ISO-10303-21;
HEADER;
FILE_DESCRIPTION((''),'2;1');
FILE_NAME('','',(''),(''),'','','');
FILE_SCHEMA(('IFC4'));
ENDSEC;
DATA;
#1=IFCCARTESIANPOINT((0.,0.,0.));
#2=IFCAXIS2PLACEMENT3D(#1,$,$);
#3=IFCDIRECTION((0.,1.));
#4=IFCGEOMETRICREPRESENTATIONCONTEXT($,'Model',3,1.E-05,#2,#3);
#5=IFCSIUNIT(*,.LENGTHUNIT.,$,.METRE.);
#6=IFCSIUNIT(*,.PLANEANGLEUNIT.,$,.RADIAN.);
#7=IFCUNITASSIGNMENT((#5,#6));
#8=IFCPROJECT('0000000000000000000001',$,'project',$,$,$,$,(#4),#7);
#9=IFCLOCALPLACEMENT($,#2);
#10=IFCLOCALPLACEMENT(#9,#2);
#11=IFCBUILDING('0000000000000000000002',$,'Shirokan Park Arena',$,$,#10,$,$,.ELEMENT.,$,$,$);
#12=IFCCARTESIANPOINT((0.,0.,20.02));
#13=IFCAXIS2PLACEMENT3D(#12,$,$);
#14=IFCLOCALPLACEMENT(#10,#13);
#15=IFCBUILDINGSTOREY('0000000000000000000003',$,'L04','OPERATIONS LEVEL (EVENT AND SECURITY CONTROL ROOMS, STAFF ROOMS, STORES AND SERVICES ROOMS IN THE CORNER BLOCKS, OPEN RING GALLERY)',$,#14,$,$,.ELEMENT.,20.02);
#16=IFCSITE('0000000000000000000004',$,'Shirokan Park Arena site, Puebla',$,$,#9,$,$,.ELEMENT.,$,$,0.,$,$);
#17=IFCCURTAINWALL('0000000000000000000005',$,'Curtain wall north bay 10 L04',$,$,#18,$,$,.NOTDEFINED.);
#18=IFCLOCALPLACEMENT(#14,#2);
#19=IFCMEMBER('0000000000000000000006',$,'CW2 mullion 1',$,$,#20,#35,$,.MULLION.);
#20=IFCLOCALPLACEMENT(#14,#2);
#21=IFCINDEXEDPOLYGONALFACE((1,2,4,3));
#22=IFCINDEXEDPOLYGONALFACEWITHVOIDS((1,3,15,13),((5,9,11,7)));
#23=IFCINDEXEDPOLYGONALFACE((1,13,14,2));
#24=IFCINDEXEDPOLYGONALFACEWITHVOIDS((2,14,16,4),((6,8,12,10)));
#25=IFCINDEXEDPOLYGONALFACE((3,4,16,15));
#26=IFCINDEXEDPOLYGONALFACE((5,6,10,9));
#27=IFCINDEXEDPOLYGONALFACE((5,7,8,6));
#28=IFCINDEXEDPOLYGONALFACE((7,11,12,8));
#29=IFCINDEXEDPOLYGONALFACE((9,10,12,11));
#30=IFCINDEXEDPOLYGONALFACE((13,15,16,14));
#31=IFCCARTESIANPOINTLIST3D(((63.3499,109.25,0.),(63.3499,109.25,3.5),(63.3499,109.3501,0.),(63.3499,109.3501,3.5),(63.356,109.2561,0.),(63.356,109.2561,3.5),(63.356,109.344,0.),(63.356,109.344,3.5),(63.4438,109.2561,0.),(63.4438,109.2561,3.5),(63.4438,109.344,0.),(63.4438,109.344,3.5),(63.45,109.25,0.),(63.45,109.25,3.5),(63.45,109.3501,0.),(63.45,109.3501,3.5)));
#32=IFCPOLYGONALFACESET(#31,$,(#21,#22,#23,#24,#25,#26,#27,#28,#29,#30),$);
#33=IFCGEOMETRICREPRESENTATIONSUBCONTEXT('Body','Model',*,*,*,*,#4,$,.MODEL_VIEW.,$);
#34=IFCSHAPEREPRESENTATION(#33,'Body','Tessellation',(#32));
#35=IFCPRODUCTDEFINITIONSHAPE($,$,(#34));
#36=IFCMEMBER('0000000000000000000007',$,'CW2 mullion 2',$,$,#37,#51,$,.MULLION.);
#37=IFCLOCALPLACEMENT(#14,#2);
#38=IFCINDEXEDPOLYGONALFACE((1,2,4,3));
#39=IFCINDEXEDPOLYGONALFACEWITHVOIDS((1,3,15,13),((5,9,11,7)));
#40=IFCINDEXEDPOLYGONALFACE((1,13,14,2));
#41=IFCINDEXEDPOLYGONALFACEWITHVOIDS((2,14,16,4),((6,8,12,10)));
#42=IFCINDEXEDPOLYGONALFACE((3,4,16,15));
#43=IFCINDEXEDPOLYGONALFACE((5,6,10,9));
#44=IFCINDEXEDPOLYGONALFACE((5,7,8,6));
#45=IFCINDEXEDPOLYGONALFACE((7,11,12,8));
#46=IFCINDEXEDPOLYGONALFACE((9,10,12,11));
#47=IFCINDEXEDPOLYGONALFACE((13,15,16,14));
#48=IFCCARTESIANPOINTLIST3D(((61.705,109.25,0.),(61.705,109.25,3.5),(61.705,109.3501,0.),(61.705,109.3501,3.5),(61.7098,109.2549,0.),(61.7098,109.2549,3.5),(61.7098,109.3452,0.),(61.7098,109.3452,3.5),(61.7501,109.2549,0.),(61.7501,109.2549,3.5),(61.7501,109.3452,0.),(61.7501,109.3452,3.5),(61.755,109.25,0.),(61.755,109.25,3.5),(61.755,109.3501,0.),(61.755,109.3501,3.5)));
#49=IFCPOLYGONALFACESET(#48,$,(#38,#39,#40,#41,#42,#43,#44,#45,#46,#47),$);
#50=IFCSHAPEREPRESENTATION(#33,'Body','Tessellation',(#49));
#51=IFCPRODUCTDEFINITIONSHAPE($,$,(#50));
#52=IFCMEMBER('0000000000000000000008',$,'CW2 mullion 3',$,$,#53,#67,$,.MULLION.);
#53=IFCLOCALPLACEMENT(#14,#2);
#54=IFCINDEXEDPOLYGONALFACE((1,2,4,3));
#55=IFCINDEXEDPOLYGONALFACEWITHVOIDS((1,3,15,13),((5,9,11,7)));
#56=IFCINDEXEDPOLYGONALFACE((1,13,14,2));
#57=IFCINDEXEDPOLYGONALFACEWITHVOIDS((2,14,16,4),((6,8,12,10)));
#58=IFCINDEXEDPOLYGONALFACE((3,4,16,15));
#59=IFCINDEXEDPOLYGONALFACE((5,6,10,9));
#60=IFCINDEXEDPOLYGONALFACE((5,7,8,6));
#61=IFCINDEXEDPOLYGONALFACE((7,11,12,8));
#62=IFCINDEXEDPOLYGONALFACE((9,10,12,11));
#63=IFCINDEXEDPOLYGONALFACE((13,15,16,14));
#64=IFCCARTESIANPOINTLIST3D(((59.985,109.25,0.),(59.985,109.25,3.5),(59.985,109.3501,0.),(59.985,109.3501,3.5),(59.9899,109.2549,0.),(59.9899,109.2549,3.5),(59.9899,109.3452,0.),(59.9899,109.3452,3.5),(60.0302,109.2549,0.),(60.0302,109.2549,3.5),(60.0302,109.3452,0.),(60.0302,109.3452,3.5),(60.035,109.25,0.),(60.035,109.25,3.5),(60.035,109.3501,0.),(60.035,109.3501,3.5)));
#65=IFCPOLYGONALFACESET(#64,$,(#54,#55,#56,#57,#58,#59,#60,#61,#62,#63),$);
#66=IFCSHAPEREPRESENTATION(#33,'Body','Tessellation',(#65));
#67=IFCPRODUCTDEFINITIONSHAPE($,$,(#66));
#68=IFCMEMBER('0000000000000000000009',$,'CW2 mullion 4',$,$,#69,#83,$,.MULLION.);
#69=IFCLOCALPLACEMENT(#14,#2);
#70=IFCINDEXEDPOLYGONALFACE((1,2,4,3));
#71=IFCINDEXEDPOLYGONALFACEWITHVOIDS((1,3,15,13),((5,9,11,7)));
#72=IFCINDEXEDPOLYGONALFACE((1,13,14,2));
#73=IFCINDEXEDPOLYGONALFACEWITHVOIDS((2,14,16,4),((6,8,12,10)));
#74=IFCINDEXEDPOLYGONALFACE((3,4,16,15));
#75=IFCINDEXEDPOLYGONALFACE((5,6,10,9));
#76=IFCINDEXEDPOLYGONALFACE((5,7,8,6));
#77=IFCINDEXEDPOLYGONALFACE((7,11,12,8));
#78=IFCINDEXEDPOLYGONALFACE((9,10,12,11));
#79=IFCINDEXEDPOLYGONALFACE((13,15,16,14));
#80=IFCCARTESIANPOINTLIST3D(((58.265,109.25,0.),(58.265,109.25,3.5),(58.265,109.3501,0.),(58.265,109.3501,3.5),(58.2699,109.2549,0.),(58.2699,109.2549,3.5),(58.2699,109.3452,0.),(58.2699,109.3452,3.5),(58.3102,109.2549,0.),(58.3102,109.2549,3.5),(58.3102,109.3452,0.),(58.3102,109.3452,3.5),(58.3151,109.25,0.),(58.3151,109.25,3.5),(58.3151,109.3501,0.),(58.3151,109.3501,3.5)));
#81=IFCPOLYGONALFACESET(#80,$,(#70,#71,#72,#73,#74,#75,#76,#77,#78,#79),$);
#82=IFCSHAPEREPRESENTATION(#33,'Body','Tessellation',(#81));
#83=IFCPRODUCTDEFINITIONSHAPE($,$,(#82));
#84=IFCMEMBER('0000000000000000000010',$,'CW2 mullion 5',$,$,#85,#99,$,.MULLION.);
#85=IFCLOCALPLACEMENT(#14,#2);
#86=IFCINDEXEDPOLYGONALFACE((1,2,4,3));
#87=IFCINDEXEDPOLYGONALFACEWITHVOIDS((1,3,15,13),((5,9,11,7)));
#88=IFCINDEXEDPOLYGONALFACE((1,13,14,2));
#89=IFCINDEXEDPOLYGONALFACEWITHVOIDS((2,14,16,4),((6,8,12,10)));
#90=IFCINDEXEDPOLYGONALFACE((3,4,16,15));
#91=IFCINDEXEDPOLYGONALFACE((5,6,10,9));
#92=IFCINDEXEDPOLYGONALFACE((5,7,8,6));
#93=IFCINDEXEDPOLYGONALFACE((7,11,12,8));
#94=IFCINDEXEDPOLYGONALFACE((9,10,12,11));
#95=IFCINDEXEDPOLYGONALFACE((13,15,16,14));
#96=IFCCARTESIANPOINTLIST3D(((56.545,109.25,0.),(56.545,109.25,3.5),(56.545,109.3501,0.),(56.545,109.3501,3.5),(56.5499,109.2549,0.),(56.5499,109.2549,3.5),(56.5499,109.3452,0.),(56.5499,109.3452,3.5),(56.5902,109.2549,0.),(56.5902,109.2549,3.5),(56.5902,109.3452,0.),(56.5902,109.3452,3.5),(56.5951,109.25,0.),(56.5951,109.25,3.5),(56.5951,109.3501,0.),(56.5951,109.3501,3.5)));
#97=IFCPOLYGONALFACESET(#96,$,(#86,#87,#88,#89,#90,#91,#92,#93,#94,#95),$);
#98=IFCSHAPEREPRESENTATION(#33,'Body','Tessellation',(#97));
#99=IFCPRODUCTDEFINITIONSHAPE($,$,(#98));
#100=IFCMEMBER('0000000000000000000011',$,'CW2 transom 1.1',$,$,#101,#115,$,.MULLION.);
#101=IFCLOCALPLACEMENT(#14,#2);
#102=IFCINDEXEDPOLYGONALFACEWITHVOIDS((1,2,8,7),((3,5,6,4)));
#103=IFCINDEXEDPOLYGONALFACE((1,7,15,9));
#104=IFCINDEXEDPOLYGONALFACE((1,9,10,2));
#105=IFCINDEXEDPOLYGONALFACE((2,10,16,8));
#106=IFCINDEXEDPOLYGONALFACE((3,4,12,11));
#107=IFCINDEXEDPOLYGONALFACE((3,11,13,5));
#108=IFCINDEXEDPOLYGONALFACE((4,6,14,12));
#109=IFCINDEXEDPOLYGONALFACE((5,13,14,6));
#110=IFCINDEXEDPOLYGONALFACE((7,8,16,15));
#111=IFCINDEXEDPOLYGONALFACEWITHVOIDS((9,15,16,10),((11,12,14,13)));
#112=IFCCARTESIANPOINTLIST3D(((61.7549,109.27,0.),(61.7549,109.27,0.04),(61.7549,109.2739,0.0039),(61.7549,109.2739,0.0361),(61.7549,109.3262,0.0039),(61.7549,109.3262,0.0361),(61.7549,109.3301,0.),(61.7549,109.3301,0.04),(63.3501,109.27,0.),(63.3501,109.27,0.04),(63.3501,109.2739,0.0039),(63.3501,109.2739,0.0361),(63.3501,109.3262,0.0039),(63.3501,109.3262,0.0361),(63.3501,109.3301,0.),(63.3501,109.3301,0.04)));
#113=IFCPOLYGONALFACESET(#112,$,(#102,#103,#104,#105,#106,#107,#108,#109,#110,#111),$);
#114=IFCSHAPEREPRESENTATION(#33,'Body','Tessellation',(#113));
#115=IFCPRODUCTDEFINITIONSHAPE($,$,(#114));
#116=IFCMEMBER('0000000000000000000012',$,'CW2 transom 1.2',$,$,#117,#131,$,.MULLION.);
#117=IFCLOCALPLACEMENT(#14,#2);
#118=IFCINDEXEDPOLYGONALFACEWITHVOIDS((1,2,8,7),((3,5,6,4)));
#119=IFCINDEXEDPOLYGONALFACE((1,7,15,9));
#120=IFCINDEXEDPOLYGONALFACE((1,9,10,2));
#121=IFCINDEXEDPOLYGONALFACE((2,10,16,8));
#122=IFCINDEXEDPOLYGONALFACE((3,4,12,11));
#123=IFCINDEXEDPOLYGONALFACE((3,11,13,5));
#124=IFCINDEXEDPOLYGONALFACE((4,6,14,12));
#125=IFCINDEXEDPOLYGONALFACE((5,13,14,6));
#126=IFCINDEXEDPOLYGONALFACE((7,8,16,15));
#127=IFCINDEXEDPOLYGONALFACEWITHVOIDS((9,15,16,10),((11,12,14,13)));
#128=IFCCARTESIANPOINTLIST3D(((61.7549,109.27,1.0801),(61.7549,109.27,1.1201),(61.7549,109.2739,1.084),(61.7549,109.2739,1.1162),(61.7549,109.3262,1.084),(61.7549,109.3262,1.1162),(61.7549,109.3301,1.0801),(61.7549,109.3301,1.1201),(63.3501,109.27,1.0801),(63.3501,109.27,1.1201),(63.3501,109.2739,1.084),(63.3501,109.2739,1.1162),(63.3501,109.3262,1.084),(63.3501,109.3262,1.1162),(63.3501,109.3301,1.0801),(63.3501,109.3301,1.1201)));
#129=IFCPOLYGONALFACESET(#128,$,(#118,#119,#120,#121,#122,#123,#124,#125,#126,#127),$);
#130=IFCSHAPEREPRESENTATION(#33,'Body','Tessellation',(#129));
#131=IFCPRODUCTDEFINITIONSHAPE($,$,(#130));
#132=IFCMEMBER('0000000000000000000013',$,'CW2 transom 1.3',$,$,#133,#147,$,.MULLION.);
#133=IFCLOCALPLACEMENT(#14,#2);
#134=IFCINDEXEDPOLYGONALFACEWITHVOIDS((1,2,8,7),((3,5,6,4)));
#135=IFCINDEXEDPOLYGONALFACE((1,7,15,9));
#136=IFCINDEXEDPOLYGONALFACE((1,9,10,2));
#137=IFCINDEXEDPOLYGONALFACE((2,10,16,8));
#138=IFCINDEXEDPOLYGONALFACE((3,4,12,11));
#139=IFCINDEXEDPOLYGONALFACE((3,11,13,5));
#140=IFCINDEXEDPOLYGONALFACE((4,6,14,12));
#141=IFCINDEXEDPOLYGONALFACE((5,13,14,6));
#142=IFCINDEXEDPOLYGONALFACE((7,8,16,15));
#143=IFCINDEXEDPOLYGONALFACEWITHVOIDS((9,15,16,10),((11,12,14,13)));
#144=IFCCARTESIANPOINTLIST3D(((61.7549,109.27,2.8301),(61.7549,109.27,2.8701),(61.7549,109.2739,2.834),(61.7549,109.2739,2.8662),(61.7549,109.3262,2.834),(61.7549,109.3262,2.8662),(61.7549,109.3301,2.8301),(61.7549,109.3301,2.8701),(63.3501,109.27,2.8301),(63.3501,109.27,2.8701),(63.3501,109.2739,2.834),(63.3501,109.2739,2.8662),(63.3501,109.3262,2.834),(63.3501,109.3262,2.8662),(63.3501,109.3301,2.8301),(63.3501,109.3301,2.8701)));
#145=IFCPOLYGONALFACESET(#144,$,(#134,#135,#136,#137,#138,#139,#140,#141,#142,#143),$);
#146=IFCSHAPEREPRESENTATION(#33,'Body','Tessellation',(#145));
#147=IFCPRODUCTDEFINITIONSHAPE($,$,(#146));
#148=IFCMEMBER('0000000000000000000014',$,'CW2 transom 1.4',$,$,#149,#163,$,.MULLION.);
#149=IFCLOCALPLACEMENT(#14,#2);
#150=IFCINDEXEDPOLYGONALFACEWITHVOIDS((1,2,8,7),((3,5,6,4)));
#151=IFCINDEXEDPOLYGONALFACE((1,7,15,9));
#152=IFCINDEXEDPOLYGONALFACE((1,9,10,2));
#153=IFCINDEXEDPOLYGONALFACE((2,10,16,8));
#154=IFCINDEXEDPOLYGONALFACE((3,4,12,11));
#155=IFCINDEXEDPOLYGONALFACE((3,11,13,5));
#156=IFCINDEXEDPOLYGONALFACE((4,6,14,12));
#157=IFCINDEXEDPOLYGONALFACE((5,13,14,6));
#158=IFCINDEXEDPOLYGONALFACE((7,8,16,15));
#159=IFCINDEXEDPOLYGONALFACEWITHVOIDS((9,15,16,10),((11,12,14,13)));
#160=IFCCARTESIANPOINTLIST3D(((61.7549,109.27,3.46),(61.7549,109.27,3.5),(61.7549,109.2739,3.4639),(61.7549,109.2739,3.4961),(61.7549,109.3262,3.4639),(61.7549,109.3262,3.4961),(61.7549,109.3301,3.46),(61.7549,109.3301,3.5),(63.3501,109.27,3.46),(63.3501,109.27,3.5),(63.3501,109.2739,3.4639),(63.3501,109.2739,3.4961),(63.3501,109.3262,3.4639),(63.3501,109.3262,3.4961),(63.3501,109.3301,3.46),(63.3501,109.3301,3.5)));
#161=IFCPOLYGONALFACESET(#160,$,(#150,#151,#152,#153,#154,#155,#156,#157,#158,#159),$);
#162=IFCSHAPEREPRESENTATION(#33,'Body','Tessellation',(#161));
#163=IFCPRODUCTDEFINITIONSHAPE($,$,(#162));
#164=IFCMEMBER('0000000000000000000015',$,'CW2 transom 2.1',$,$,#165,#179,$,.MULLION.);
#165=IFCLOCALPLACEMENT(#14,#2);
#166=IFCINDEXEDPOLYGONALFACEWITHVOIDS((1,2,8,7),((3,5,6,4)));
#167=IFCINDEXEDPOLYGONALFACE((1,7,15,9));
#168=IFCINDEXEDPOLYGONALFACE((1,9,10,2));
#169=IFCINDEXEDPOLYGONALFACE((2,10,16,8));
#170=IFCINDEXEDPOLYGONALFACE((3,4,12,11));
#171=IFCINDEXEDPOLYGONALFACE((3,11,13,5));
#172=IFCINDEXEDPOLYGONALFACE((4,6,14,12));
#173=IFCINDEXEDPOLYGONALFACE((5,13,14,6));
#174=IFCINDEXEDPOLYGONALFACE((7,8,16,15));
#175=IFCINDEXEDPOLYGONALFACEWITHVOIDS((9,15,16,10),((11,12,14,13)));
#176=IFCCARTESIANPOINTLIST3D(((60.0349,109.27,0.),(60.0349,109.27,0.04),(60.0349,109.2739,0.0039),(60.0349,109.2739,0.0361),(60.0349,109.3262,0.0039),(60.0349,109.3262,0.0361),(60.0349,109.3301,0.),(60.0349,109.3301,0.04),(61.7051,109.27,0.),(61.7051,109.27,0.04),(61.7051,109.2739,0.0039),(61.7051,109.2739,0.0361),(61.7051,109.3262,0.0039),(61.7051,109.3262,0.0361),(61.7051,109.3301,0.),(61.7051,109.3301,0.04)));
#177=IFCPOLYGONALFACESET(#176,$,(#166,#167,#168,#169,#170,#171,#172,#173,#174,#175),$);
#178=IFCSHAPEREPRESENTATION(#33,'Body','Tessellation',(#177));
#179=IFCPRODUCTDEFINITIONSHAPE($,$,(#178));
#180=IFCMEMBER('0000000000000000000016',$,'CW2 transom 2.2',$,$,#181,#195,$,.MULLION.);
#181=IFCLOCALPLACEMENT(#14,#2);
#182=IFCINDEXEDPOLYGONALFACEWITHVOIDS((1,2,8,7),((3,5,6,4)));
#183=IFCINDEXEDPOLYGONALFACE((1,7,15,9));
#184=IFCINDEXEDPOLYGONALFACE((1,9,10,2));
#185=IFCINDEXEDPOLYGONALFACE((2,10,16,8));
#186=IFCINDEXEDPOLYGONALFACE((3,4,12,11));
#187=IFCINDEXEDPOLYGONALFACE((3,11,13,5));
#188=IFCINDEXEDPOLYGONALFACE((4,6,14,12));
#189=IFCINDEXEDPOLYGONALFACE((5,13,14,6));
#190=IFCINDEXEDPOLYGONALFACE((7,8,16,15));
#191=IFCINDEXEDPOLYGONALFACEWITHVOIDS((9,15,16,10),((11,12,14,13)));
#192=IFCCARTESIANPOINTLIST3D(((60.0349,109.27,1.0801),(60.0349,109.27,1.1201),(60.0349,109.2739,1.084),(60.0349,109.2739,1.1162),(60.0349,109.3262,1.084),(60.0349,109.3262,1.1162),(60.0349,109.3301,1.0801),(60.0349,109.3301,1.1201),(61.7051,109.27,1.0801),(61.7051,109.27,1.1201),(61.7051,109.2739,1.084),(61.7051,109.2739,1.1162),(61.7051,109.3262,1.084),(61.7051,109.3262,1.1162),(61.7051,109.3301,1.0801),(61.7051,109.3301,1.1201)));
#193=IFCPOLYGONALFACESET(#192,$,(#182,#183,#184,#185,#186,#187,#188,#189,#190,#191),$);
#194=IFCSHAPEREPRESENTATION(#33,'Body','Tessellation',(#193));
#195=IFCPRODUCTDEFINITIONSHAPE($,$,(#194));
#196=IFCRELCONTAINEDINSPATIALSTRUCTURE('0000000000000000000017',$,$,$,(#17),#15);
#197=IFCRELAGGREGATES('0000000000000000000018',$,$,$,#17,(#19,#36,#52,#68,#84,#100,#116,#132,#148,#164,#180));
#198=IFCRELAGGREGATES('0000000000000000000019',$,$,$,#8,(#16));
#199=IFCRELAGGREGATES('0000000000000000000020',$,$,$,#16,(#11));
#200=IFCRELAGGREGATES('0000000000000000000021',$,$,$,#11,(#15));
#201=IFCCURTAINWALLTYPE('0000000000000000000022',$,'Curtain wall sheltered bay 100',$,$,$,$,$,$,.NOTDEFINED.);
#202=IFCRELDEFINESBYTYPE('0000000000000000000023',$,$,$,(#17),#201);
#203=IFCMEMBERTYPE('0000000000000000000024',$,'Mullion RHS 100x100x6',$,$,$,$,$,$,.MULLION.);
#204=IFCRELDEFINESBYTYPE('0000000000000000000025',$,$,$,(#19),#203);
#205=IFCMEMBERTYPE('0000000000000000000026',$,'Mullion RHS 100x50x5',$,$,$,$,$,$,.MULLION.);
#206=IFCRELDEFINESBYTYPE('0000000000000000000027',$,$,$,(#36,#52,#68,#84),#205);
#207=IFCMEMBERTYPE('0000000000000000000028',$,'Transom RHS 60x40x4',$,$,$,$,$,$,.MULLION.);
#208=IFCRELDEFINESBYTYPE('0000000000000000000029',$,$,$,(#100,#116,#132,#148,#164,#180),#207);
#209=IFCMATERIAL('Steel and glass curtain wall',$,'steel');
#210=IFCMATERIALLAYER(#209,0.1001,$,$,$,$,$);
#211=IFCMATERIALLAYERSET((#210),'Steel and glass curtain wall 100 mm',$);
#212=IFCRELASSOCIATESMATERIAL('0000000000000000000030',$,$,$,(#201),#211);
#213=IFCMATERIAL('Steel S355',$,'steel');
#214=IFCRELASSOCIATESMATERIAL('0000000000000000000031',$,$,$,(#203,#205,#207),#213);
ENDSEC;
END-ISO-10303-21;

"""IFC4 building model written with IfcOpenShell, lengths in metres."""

from ifc_helpers import new_model, si_unit, direction, frame, origin, origin_2d, place, context, subcontext, project, spatial, hollow_rectangle, extrude, material, layer, layer_set, material_profile, profile_set, type_object, element, aggregate, save


model = new_model("IFC4")

# Units and contexts
model_context = context("Model", 3, precision=1e-05, world=origin(), true_north=direction((0.0, 1.0)))
body_context = subcontext(model_context, "Body", "Model", "MODEL_VIEW")
ifc_project = project(units=[si_unit("LENGTHUNIT", "METRE"), si_unit("PLANEANGLEUNIT", "RADIAN")], contexts=[model_context])

# Site, building, storey
site_placement = place(None, origin())
site = spatial("IfcSite", under=ifc_project, at=site_placement, Name="Shirokan Park Arena site, Puebla", CompositionType="ELEMENT", RefElevation=0.0)
building_placement = place(site_placement, origin())
building = spatial("IfcBuilding", under=site, at=building_placement, Name="Shirokan Park Arena", CompositionType="ELEMENT")
storey_placement = place(building_placement, frame((0.0, 0.0, 20.02)))
storey = spatial("IfcBuildingStorey", under=building, at=storey_placement, Name="L04", Description="OPERATIONS LEVEL (EVENT AND SECURITY CONTROL ROOMS, STAFF ROOMS, STORES AND SERVICES ROOMS IN THE CORNER BLOCKS, OPEN RING GALLERY)", CompositionType="ELEMENT", Elevation=20.02)

# Curtain wall, members
ifc_material_1 = material(Name="Steel and glass curtain wall", Category="steel")
ifc_layer_1 = layer(ifc_material_1, 0.1001)
ifc_layer_set_1 = layer_set([ifc_layer_1], Name="Steel and glass curtain wall 100 mm")
curtain_wall_type = type_object("IfcCurtainWallType", Name="Curtain wall sheltered bay 100", PredefinedType="NOTDEFINED", material=ifc_layer_set_1)
curtain_wall_placement = place(storey_placement, origin())
curtain_wall = element("IfcCurtainWall", 1, at=curtain_wall_placement, inside=storey, type_object=curtain_wall_type, Name="Curtain wall north bay 10 L04", PredefinedType="NOTDEFINED")
ifc_material_2 = material(Name="Steel S355", Category="steel")
ifc_material_profile_1 = material_profile(ifc_material_2, hollow_rectangle(XDim=0.1001, YDim=0.1001, WallThickness=0.0061, at=origin_2d()), Name="RHS 100x100x6")
ifc_profile_set_1 = profile_set([ifc_material_profile_1], Name="Steel S355")
member_type_1 = type_object("IfcMemberType", Name="Mullion RHS 100x100x6", PredefinedType="MULLION", material=ifc_profile_set_1)
member_1_placement = place(storey_placement, frame((63.3999, 109.3, 0.0), z_axis=(0.0, 0.0, 1.0), x_axis=(0.0, -1.0, 0.0)))
member_1 = element("IfcMember", 2, at=member_1_placement, type_object=member_type_1, Name="CW2 mullion 1", PredefinedType="MULLION", context=body_context, shape_type="SweptSolid", body=[
    extrude(hollow_rectangle(XDim=0.1001, YDim=0.1001, WallThickness=0.0061, at=origin_2d()), origin(), (0.0, 0.0, 1.0), 3.5),
])
ifc_material_profile_2 = material_profile(ifc_material_2, hollow_rectangle(XDim=0.1001, YDim=0.05, WallThickness=0.0049, at=origin_2d()), Name="RHS 100x50x5")
ifc_profile_set_2 = profile_set([ifc_material_profile_2], Name="Steel S355")
member_type_2 = type_object("IfcMemberType", Name="Mullion RHS 100x50x5", PredefinedType="MULLION", material=ifc_profile_set_2)
member_2_placement = place(storey_placement, frame((61.73, 109.3, 0.0), z_axis=(0.0, 0.0, 1.0), x_axis=(0.0, -1.0, 0.0)))
member_2 = element("IfcMember", 3, at=member_2_placement, type_object=member_type_2, Name="CW2 mullion 2", PredefinedType="MULLION", context=body_context, shape_type="SweptSolid", body=[
    extrude(hollow_rectangle(XDim=0.1001, YDim=0.05, WallThickness=0.0049, at=origin_2d()), origin(), (0.0, 0.0, 1.0), 3.5),
])
member_3_placement = place(storey_placement, frame((60.01, 109.3, 0.0), z_axis=(0.0, 0.0, 1.0), x_axis=(0.0, -1.0, 0.0)))
member_3 = element("IfcMember", 4, at=member_3_placement, type_object=member_type_2, Name="CW2 mullion 3", PredefinedType="MULLION", context=body_context, shape_type="SweptSolid", body=[
    extrude(hollow_rectangle(XDim=0.1001, YDim=0.05, WallThickness=0.0049, at=origin_2d()), origin(), (0.0, 0.0, 1.0), 3.5),
])
member_4_placement = place(storey_placement, frame((58.29, 109.3, 0.0), z_axis=(0.0, 0.0, 1.0), x_axis=(0.0, -1.0, 0.0)))
member_4 = element("IfcMember", 5, at=member_4_placement, type_object=member_type_2, Name="CW2 mullion 4", PredefinedType="MULLION", context=body_context, shape_type="SweptSolid", body=[
    extrude(hollow_rectangle(XDim=0.1001, YDim=0.05, WallThickness=0.0049, at=origin_2d()), origin(), (0.0, 0.0, 1.0), 3.5),
])
member_5_placement = place(storey_placement, frame((56.5701, 109.3, 0.0), z_axis=(0.0, 0.0, 1.0), x_axis=(0.0, -1.0, 0.0)))
member_5 = element("IfcMember", 6, at=member_5_placement, type_object=member_type_2, Name="CW2 mullion 5", PredefinedType="MULLION", context=body_context, shape_type="SweptSolid", body=[
    extrude(hollow_rectangle(XDim=0.1001, YDim=0.05, WallThickness=0.0049, at=origin_2d()), origin(), (0.0, 0.0, 1.0), 3.5),
])
ifc_material_profile_3 = material_profile(ifc_material_2, hollow_rectangle(XDim=0.0601, YDim=0.04, WallThickness=0.0039, at=origin_2d()), Name="RHS 60x40x4")
ifc_profile_set_3 = profile_set([ifc_material_profile_3], Name="Steel S355")
member_type_3 = type_object("IfcMemberType", Name="Transom RHS 60x40x4", PredefinedType="MULLION", material=ifc_profile_set_3)
member_6_placement = place(storey_placement, frame((63.3501, 109.3, 0.02), z_axis=(-1.0, 0.0, 0.0), x_axis=(0.0, -1.0, 0.0)))
member_6 = element("IfcMember", 7, at=member_6_placement, type_object=member_type_3, Name="CW2 transom 1.1", PredefinedType="MULLION", context=body_context, shape_type="SweptSolid", body=[
    extrude(hollow_rectangle(XDim=0.0601, YDim=0.04, WallThickness=0.0039, at=origin_2d()), origin(), (0.0, 0.0, 1.0), 1.5952),
])
member_7_placement = place(storey_placement, frame((63.3501, 109.3, 1.1001), z_axis=(-1.0, 0.0, 0.0), x_axis=(0.0, -1.0, 0.0)))
member_7 = element("IfcMember", 8, at=member_7_placement, type_object=member_type_3, Name="CW2 transom 1.2", PredefinedType="MULLION", context=body_context, shape_type="SweptSolid", body=[
    extrude(hollow_rectangle(XDim=0.0601, YDim=0.04, WallThickness=0.0039, at=origin_2d()), origin(), (0.0, 0.0, 1.0), 1.5952),
])
member_8_placement = place(storey_placement, frame((63.3501, 109.3, 2.8501), z_axis=(-1.0, 0.0, 0.0), x_axis=(0.0, -1.0, 0.0)))
member_8 = element("IfcMember", 9, at=member_8_placement, type_object=member_type_3, Name="CW2 transom 1.3", PredefinedType="MULLION", context=body_context, shape_type="SweptSolid", body=[
    extrude(hollow_rectangle(XDim=0.0601, YDim=0.04, WallThickness=0.0039, at=origin_2d()), origin(), (0.0, 0.0, 1.0), 1.5952),
])
member_9_placement = place(storey_placement, frame((63.3501, 109.3, 3.48), z_axis=(-1.0, 0.0, 0.0), x_axis=(0.0, -1.0, 0.0)))
member_9 = element("IfcMember", 10, at=member_9_placement, type_object=member_type_3, Name="CW2 transom 1.4", PredefinedType="MULLION", context=body_context, shape_type="SweptSolid", body=[
    extrude(hollow_rectangle(XDim=0.0601, YDim=0.04, WallThickness=0.0039, at=origin_2d()), origin(), (0.0, 0.0, 1.0), 1.5952),
])
member_10_placement = place(storey_placement, frame((61.7051, 109.3, 0.02), z_axis=(-1.0, 0.0, 0.0), x_axis=(0.0, -1.0, 0.0)))
member_10 = element("IfcMember", 11, at=member_10_placement, type_object=member_type_3, Name="CW2 transom 2.1", PredefinedType="MULLION", context=body_context, shape_type="SweptSolid", body=[
    extrude(hollow_rectangle(XDim=0.0601, YDim=0.04, WallThickness=0.0039, at=origin_2d()), origin(), (0.0, 0.0, 1.0), 1.6702),
])
member_11_placement = place(storey_placement, frame((61.7051, 109.3, 1.1001), z_axis=(-1.0, 0.0, 0.0), x_axis=(0.0, -1.0, 0.0)))
member_11 = element("IfcMember", 12, at=member_11_placement, type_object=member_type_3, Name="CW2 transom 2.2", PredefinedType="MULLION", context=body_context, shape_type="SweptSolid", body=[
    extrude(hollow_rectangle(XDim=0.0601, YDim=0.04, WallThickness=0.0039, at=origin_2d()), origin(), (0.0, 0.0, 1.0), 1.6702),
])
aggregate(curtain_wall, [member_1, member_2, member_3, member_4, member_5, member_6, member_7, member_8, member_9, member_10, member_11])

save(model, "model.ifc")
